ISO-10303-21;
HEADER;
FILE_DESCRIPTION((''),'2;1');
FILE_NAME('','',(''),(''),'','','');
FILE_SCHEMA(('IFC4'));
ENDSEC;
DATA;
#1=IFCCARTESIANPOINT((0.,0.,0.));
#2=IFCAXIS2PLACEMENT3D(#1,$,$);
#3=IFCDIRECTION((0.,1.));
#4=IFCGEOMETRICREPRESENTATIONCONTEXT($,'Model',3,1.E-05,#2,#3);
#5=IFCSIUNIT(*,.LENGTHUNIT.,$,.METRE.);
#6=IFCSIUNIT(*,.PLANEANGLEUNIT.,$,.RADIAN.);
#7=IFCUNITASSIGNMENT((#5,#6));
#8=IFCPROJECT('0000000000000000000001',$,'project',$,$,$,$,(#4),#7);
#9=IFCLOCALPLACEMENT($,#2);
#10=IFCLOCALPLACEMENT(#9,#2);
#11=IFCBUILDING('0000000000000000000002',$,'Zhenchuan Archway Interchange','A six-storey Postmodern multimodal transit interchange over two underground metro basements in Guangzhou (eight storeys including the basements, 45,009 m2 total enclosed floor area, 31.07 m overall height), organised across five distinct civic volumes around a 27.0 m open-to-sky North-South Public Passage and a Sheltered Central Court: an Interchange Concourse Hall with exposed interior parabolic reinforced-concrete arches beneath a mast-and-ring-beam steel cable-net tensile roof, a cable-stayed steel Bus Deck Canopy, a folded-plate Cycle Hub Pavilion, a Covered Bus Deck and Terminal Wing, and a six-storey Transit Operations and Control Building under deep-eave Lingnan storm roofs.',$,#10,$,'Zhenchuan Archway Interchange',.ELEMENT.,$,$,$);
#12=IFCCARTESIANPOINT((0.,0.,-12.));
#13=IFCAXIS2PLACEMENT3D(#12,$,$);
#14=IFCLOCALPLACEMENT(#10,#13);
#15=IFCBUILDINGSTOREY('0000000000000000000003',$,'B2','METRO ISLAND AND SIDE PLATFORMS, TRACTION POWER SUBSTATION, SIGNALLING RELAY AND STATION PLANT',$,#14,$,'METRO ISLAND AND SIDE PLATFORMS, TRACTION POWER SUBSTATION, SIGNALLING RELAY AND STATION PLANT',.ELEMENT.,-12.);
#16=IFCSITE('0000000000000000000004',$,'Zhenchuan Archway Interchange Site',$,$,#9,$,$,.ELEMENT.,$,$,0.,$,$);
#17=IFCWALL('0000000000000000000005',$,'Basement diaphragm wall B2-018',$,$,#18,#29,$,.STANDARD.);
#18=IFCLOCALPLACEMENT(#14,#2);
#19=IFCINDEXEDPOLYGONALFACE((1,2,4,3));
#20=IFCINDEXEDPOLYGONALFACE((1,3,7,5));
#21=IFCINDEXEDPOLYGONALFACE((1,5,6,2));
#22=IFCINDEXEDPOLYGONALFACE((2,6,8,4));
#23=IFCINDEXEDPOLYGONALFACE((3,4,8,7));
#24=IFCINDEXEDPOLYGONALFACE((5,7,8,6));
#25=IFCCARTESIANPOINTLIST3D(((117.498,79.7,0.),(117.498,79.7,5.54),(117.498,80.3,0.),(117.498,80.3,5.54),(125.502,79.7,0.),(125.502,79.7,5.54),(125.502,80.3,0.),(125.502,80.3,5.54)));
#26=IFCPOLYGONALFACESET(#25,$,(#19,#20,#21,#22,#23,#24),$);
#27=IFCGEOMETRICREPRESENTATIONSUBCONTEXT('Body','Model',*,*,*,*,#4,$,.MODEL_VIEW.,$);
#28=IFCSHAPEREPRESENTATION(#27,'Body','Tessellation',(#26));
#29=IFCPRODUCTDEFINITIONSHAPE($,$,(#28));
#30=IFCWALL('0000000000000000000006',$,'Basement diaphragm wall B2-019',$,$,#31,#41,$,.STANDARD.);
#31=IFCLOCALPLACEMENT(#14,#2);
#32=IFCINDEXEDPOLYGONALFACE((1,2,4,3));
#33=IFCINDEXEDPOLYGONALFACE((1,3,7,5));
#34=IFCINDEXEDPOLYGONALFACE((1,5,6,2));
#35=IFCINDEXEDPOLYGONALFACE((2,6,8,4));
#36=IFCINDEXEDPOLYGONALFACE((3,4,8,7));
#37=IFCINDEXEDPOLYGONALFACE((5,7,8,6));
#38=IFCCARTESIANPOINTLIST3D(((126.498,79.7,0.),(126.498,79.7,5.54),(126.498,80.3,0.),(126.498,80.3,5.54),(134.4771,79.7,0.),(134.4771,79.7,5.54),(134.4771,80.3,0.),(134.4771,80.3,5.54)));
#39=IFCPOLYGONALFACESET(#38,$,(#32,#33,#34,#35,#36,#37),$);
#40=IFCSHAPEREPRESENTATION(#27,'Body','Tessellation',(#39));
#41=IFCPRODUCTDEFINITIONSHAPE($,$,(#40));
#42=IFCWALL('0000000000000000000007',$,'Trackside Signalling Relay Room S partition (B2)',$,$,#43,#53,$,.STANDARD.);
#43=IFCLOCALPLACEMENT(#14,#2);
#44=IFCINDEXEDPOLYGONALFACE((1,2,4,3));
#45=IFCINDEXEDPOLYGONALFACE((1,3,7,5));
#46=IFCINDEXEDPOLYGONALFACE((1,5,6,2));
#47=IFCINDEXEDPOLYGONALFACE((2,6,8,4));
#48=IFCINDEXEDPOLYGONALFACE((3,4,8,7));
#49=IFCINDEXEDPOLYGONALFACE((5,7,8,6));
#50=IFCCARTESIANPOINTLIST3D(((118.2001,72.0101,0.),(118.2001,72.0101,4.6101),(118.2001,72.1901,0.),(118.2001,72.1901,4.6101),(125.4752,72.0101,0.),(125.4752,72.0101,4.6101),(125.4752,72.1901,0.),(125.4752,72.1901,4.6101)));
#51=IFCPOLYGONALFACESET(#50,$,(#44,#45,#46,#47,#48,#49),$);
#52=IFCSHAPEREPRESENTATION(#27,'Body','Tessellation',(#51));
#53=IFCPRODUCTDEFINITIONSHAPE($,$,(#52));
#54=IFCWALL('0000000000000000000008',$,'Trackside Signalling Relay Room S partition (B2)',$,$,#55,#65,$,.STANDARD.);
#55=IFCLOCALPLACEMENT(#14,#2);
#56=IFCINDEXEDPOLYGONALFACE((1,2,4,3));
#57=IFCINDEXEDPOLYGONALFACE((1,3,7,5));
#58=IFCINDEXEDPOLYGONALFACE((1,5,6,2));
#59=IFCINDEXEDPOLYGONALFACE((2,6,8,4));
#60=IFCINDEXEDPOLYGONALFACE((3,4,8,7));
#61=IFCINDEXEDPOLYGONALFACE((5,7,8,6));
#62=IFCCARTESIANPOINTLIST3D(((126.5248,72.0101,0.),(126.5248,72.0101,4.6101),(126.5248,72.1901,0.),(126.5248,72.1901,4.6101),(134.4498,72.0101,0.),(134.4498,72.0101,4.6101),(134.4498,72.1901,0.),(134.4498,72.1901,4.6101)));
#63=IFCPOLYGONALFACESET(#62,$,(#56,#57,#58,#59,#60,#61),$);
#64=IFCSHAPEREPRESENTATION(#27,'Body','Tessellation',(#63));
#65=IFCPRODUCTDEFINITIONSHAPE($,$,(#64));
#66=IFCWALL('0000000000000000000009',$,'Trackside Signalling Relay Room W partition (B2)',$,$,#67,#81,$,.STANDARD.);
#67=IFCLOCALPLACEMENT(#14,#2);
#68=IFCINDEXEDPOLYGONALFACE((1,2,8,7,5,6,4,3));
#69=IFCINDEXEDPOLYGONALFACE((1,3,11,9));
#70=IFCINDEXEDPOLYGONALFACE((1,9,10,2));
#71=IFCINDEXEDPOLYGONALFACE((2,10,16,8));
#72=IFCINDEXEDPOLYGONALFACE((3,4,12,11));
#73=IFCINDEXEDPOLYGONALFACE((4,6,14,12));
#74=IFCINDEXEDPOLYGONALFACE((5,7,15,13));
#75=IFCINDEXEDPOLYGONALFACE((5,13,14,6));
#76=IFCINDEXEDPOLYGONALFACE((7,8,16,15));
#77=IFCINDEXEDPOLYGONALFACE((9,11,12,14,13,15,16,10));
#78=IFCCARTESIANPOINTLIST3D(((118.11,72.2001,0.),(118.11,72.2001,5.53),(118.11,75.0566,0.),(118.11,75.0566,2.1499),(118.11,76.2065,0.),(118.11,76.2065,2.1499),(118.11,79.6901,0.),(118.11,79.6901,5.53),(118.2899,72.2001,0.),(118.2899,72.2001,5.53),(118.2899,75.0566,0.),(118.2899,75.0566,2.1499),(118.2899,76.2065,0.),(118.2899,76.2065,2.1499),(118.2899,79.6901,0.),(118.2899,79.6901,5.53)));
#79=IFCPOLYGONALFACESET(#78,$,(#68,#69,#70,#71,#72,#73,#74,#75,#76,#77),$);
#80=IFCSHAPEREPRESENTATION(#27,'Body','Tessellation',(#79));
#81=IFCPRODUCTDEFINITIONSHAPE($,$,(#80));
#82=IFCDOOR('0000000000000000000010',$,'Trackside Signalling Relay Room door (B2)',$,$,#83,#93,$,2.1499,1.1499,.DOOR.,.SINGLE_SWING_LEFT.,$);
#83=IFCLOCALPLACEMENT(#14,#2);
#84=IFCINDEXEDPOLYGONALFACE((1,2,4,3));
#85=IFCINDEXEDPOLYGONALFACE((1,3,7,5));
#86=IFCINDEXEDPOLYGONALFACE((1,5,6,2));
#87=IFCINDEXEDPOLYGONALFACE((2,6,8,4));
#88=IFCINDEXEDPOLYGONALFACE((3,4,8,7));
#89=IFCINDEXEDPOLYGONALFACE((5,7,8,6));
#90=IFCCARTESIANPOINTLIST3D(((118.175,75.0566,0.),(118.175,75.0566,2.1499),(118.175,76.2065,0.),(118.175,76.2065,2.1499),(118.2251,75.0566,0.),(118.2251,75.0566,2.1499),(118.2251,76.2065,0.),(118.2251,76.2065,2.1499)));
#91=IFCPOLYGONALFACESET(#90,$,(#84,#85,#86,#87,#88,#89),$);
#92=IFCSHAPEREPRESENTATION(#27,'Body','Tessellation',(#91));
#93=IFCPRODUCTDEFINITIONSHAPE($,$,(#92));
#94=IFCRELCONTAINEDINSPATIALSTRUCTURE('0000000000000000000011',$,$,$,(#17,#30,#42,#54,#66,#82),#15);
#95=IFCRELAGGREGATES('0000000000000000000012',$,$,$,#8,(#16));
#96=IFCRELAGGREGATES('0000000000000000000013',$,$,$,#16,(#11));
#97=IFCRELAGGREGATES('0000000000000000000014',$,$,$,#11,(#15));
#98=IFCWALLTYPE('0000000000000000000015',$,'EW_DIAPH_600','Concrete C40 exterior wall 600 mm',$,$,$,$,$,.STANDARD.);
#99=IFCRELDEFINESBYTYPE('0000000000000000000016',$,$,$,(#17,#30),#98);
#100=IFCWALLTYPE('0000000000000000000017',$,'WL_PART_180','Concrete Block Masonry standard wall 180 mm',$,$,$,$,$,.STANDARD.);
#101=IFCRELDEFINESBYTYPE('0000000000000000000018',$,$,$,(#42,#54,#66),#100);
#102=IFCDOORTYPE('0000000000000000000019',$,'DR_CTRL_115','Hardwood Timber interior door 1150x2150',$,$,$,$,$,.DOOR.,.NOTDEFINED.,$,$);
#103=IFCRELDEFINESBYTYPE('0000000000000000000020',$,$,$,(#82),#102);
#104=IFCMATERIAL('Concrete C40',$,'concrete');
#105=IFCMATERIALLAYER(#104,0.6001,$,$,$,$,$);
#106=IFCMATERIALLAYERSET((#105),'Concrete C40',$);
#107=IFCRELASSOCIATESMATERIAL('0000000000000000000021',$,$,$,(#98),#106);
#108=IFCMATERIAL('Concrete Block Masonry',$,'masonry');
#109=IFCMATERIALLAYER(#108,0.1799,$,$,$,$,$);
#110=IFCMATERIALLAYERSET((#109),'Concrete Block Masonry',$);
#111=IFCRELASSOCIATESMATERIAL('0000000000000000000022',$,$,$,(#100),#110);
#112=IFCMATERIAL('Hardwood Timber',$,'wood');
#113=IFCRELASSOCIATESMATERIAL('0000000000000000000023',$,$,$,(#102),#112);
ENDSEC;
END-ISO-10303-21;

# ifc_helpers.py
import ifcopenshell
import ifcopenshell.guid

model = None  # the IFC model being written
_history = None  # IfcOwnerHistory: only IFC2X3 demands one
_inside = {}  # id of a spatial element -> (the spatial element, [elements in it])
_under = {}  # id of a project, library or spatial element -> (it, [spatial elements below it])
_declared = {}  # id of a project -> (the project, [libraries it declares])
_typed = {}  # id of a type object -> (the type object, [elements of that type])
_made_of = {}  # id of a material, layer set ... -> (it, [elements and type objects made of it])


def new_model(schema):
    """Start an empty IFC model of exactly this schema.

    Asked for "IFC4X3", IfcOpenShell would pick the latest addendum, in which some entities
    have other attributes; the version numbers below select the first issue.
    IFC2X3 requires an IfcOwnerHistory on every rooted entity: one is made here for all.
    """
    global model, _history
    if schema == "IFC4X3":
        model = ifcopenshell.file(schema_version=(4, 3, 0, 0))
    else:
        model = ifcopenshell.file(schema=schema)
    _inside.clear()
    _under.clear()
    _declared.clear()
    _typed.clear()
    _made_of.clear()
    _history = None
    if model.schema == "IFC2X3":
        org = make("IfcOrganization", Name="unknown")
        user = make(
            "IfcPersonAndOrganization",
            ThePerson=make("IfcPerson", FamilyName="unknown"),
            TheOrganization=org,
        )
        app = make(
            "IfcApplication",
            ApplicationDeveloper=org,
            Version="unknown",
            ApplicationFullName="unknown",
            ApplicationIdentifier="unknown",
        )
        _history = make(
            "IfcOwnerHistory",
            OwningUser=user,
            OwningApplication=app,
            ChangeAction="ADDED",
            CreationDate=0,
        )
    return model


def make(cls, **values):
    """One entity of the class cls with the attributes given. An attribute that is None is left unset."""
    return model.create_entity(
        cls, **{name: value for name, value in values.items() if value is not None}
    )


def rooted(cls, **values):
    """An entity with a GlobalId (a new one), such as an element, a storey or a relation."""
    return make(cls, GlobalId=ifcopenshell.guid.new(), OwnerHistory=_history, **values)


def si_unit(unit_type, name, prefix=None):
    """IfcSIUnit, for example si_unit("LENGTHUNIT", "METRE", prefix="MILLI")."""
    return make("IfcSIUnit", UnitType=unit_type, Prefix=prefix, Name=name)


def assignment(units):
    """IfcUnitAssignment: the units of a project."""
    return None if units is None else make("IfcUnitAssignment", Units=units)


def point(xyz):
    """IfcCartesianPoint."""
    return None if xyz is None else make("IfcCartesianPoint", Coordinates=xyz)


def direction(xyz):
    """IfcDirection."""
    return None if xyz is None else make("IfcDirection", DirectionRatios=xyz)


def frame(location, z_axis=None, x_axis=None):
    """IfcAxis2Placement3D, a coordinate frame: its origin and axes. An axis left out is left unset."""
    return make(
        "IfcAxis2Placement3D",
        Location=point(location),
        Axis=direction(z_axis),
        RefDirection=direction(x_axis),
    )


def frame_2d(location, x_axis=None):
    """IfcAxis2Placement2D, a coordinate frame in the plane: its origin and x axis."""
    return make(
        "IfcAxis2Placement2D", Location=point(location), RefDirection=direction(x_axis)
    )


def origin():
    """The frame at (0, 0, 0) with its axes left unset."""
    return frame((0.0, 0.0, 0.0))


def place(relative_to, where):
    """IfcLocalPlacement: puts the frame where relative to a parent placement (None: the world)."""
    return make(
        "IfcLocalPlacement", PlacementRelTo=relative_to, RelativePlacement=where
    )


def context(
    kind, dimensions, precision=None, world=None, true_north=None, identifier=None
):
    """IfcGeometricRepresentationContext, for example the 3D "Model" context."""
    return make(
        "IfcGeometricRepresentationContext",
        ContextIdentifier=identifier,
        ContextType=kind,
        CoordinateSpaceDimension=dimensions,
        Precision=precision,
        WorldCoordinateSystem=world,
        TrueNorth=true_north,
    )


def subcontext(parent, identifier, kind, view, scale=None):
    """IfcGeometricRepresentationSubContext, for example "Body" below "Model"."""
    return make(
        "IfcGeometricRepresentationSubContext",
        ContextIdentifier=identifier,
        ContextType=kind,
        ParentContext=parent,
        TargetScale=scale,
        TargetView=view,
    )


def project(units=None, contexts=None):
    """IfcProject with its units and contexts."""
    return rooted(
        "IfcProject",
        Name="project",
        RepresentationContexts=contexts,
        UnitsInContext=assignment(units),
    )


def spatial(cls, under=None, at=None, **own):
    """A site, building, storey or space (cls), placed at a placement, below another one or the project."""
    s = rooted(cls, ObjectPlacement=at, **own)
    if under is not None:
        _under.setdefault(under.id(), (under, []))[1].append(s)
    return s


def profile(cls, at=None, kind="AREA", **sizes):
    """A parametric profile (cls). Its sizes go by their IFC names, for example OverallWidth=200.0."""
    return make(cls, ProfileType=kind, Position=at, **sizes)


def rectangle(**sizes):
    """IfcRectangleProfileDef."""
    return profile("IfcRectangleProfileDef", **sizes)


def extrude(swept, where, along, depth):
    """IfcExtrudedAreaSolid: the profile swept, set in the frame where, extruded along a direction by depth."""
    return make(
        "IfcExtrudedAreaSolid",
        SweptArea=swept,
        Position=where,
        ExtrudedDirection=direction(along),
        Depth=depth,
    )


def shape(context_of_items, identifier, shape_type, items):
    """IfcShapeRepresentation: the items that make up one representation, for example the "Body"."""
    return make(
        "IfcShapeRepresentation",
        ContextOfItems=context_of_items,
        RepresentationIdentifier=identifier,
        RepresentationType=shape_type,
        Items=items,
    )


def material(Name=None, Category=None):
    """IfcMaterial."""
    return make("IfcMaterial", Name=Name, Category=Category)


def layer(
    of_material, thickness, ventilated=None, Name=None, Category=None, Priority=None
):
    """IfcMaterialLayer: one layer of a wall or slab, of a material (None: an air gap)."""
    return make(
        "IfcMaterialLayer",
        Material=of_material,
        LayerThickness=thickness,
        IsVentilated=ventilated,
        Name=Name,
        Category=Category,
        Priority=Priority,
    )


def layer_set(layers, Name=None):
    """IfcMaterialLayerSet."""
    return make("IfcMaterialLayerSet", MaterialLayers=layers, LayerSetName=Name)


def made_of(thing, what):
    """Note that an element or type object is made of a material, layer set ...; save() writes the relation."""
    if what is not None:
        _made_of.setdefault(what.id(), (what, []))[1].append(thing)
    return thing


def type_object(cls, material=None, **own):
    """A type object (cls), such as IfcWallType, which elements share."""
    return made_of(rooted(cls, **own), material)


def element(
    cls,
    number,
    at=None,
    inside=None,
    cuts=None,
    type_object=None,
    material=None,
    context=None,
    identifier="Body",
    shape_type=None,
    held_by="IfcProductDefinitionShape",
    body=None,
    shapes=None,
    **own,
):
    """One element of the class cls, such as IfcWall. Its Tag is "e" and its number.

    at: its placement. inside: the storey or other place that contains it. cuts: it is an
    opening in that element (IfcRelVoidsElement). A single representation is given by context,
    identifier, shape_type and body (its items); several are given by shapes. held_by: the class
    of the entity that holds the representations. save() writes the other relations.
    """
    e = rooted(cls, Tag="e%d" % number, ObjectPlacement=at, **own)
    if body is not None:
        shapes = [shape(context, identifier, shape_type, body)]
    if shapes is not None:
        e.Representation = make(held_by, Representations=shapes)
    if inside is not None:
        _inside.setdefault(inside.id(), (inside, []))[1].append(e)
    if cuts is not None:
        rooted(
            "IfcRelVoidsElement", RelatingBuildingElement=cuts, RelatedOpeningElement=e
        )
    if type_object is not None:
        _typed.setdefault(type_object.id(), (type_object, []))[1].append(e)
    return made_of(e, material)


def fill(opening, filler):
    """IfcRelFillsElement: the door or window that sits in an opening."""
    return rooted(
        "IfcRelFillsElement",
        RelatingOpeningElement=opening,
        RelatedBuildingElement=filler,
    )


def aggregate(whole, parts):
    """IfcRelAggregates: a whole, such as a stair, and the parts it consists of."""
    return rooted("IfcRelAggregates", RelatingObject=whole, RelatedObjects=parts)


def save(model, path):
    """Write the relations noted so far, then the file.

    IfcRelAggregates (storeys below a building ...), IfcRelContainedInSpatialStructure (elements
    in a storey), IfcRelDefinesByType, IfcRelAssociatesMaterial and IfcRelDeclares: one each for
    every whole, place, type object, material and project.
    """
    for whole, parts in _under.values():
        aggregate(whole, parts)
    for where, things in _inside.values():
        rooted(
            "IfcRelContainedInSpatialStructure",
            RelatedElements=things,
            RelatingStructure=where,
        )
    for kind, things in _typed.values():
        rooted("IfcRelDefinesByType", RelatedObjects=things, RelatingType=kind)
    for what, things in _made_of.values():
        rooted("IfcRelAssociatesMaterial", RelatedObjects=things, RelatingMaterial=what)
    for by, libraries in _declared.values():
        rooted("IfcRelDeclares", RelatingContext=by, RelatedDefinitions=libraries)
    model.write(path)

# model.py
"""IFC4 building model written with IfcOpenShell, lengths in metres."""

from ifc_helpers import new_model, si_unit, direction, frame, frame_2d, origin, place, context, subcontext, project, spatial, rectangle, extrude, material, layer, layer_set, type_object, element, fill, save


model = new_model("IFC4")

# Units and contexts
model_context = context("Model", 3, precision=1e-05, world=origin(), true_north=direction((0.0, 1.0)))
body_context = subcontext(model_context, "Body", "Model", "MODEL_VIEW")
ifc_project = project(units=[si_unit("LENGTHUNIT", "METRE"), si_unit("PLANEANGLEUNIT", "RADIAN")], contexts=[model_context])

# Site, building, storey
site_placement = place(None, origin())
site = spatial("IfcSite", under=ifc_project, at=site_placement, Name="Zhenchuan Archway Interchange Site", CompositionType="ELEMENT", RefElevation=0.0)
building_placement = place(site_placement, origin())
building = spatial("IfcBuilding", under=site, at=building_placement, Name="Zhenchuan Archway Interchange", Description="A six-storey Postmodern multimodal transit interchange over two underground metro basements in Guangzhou (eight storeys including the basements, 45,009 m2 total enclosed floor area, 31.07 m overall height), organised across five distinct civic volumes around a 27.0 m open-to-sky North-South Public Passage and a Sheltered Central Court: an Interchange Concourse Hall with exposed interior parabolic reinforced-concrete arches beneath a mast-and-ring-beam steel cable-net tensile roof, a cable-stayed steel Bus Deck Canopy, a folded-plate Cycle Hub Pavilion, a Covered Bus Deck and Terminal Wing, and a six-storey Transit Operations and Control Building under deep-eave Lingnan storm roofs.", LongName="Zhenchuan Archway Interchange", CompositionType="ELEMENT")
storey_placement = place(building_placement, frame((0.0, 0.0, -12.0)))
storey = spatial("IfcBuildingStorey", under=building, at=storey_placement, Name="B2", Description="METRO ISLAND AND SIDE PLATFORMS, TRACTION POWER SUBSTATION, SIGNALLING RELAY AND STATION PLANT", LongName="METRO ISLAND AND SIDE PLATFORMS, TRACTION POWER SUBSTATION, SIGNALLING RELAY AND STATION PLANT", CompositionType="ELEMENT", Elevation=-12.0)

# Shared definitions
ifc_material_1 = material(Name="Concrete C40", Category="concrete")

# Walls
ifc_layer_1 = layer(ifc_material_1, 0.6001)
ifc_layer_set_1 = layer_set([ifc_layer_1], Name="Concrete C40")
wall_type_1 = type_object("IfcWallType", Name="EW_DIAPH_600", Description="Concrete C40 exterior wall 600 mm", PredefinedType="STANDARD", material=ifc_layer_set_1)
wall_1_placement = place(storey_placement, frame((117.498, 80.0, 0.0), z_axis=(0.0, 0.0, 1.0), x_axis=(1.0, 0.0, 0.0)))
element("IfcWall", 1, at=wall_1_placement, inside=storey, type_object=wall_type_1, Name="Basement diaphragm wall B2-018", PredefinedType="STANDARD", context=body_context, shape_type="SweptSolid", body=[
    extrude(rectangle(XDim=8.0039, YDim=0.6001, at=frame_2d((4.002, 0.0))), origin(), (0.0, 0.0, 1.0), 5.54),
])
wall_2_placement = place(storey_placement, frame((126.498, 80.0, 0.0), z_axis=(0.0, 0.0, 1.0), x_axis=(1.0, 0.0, 0.0)))
element("IfcWall", 2, at=wall_2_placement, inside=storey, type_object=wall_type_1, Name="Basement diaphragm wall B2-019", PredefinedType="STANDARD", context=body_context, shape_type="SweptSolid", body=[
    extrude(rectangle(XDim=7.979, YDim=0.6001, at=frame_2d((3.9895, 0.0))), origin(), (0.0, 0.0, 1.0), 5.54),
])
ifc_material_2 = material(Name="Concrete Block Masonry", Category="masonry")
ifc_layer_2 = layer(ifc_material_2, 0.1799)
ifc_layer_set_2 = layer_set([ifc_layer_2], Name="Concrete Block Masonry")
wall_type_2 = type_object("IfcWallType", Name="WL_PART_180", Description="Concrete Block Masonry standard wall 180 mm", PredefinedType="STANDARD", material=ifc_layer_set_2)
wall_3_placement = place(storey_placement, frame((118.2, 72.1001, 0.0), z_axis=(0.0, 0.0, 1.0), x_axis=(1.0, 0.0, 0.0)))
element("IfcWall", 3, at=wall_3_placement, inside=storey, type_object=wall_type_2, Name="Trackside Signalling Relay Room S partition (B2)", PredefinedType="STANDARD", context=body_context, shape_type="SweptSolid", body=[
    extrude(rectangle(XDim=7.2751, YDim=0.1799, at=frame_2d((3.6377, 0.0))), origin(), (0.0, 0.0, 1.0), 4.6101),
])
wall_4_placement = place(storey_placement, frame((126.5249, 72.1001, 0.0), z_axis=(0.0, 0.0, 1.0), x_axis=(1.0, 0.0, 0.0)))
element("IfcWall", 4, at=wall_4_placement, inside=storey, type_object=wall_type_2, Name="Trackside Signalling Relay Room S partition (B2)", PredefinedType="STANDARD", context=body_context, shape_type="SweptSolid", body=[
    extrude(rectangle(XDim=7.925, YDim=0.1799, at=frame_2d((3.9624, 0.0))), origin(), (0.0, 0.0, 1.0), 4.6101),
])

# Wall, opening, door
wall_5_placement = place(storey_placement, frame((118.2, 72.2, 0.0), z_axis=(0.0, 0.0, 1.0), x_axis=(0.0, 1.0, 0.0)))
wall_5 = element("IfcWall", 5, at=wall_5_placement, inside=storey, type_object=wall_type_2, Name="Trackside Signalling Relay Room W partition (B2)", PredefinedType="STANDARD", context=body_context, shape_type="SweptSolid", body=[
    extrude(rectangle(XDim=7.49, YDim=0.1799, at=frame_2d((3.7451, 0.0))), origin(), (0.0, 0.0, 1.0), 5.53),
])
opening_placement = place(wall_5_placement, frame((2.8567, 0.0, 0.0)))
opening = element("IfcOpeningElement", 6, at=opening_placement, cuts=wall_5, PredefinedType="OPENING", context=body_context, shape_type="SweptSolid", body=[
    extrude(rectangle(XDim=1.1499, YDim=2.1499, at=frame_2d((0.575, 1.075))), frame((0.0, 0.1021, 0.0), z_axis=(0.0, -1.0, 0.0), x_axis=(1.0, 0.0, 0.0)), (0.0, 0.0, 1.0), 0.2039),
])
ifc_material_3 = material(Name="Hardwood Timber", Category="wood")
door_type = type_object("IfcDoorType", Name="DR_CTRL_115", Description="Hardwood Timber interior door 1150x2150", OperationType="NOTDEFINED", PredefinedType="DOOR", material=ifc_material_3)
door_placement = place(opening_placement, origin())
door = element("IfcDoor", 7, at=door_placement, inside=storey, type_object=door_type, Name="Trackside Signalling Relay Room door (B2)", OperationType="SINGLE_SWING_LEFT", OverallHeight=2.1499, OverallWidth=1.1499, PredefinedType="DOOR", context=body_context, shape_type="SweptSolid", body=[
    extrude(rectangle(XDim=1.1499, YDim=2.1499, at=frame_2d((0.575, 1.075))), frame((0.0, 0.0249, 0.0), z_axis=(0.0, -1.0, 0.0), x_axis=(1.0, 0.0, 0.0)), (0.0, 0.0, 1.0), 0.05),
])
fill(opening, door)

save(model, "model.ifc")
